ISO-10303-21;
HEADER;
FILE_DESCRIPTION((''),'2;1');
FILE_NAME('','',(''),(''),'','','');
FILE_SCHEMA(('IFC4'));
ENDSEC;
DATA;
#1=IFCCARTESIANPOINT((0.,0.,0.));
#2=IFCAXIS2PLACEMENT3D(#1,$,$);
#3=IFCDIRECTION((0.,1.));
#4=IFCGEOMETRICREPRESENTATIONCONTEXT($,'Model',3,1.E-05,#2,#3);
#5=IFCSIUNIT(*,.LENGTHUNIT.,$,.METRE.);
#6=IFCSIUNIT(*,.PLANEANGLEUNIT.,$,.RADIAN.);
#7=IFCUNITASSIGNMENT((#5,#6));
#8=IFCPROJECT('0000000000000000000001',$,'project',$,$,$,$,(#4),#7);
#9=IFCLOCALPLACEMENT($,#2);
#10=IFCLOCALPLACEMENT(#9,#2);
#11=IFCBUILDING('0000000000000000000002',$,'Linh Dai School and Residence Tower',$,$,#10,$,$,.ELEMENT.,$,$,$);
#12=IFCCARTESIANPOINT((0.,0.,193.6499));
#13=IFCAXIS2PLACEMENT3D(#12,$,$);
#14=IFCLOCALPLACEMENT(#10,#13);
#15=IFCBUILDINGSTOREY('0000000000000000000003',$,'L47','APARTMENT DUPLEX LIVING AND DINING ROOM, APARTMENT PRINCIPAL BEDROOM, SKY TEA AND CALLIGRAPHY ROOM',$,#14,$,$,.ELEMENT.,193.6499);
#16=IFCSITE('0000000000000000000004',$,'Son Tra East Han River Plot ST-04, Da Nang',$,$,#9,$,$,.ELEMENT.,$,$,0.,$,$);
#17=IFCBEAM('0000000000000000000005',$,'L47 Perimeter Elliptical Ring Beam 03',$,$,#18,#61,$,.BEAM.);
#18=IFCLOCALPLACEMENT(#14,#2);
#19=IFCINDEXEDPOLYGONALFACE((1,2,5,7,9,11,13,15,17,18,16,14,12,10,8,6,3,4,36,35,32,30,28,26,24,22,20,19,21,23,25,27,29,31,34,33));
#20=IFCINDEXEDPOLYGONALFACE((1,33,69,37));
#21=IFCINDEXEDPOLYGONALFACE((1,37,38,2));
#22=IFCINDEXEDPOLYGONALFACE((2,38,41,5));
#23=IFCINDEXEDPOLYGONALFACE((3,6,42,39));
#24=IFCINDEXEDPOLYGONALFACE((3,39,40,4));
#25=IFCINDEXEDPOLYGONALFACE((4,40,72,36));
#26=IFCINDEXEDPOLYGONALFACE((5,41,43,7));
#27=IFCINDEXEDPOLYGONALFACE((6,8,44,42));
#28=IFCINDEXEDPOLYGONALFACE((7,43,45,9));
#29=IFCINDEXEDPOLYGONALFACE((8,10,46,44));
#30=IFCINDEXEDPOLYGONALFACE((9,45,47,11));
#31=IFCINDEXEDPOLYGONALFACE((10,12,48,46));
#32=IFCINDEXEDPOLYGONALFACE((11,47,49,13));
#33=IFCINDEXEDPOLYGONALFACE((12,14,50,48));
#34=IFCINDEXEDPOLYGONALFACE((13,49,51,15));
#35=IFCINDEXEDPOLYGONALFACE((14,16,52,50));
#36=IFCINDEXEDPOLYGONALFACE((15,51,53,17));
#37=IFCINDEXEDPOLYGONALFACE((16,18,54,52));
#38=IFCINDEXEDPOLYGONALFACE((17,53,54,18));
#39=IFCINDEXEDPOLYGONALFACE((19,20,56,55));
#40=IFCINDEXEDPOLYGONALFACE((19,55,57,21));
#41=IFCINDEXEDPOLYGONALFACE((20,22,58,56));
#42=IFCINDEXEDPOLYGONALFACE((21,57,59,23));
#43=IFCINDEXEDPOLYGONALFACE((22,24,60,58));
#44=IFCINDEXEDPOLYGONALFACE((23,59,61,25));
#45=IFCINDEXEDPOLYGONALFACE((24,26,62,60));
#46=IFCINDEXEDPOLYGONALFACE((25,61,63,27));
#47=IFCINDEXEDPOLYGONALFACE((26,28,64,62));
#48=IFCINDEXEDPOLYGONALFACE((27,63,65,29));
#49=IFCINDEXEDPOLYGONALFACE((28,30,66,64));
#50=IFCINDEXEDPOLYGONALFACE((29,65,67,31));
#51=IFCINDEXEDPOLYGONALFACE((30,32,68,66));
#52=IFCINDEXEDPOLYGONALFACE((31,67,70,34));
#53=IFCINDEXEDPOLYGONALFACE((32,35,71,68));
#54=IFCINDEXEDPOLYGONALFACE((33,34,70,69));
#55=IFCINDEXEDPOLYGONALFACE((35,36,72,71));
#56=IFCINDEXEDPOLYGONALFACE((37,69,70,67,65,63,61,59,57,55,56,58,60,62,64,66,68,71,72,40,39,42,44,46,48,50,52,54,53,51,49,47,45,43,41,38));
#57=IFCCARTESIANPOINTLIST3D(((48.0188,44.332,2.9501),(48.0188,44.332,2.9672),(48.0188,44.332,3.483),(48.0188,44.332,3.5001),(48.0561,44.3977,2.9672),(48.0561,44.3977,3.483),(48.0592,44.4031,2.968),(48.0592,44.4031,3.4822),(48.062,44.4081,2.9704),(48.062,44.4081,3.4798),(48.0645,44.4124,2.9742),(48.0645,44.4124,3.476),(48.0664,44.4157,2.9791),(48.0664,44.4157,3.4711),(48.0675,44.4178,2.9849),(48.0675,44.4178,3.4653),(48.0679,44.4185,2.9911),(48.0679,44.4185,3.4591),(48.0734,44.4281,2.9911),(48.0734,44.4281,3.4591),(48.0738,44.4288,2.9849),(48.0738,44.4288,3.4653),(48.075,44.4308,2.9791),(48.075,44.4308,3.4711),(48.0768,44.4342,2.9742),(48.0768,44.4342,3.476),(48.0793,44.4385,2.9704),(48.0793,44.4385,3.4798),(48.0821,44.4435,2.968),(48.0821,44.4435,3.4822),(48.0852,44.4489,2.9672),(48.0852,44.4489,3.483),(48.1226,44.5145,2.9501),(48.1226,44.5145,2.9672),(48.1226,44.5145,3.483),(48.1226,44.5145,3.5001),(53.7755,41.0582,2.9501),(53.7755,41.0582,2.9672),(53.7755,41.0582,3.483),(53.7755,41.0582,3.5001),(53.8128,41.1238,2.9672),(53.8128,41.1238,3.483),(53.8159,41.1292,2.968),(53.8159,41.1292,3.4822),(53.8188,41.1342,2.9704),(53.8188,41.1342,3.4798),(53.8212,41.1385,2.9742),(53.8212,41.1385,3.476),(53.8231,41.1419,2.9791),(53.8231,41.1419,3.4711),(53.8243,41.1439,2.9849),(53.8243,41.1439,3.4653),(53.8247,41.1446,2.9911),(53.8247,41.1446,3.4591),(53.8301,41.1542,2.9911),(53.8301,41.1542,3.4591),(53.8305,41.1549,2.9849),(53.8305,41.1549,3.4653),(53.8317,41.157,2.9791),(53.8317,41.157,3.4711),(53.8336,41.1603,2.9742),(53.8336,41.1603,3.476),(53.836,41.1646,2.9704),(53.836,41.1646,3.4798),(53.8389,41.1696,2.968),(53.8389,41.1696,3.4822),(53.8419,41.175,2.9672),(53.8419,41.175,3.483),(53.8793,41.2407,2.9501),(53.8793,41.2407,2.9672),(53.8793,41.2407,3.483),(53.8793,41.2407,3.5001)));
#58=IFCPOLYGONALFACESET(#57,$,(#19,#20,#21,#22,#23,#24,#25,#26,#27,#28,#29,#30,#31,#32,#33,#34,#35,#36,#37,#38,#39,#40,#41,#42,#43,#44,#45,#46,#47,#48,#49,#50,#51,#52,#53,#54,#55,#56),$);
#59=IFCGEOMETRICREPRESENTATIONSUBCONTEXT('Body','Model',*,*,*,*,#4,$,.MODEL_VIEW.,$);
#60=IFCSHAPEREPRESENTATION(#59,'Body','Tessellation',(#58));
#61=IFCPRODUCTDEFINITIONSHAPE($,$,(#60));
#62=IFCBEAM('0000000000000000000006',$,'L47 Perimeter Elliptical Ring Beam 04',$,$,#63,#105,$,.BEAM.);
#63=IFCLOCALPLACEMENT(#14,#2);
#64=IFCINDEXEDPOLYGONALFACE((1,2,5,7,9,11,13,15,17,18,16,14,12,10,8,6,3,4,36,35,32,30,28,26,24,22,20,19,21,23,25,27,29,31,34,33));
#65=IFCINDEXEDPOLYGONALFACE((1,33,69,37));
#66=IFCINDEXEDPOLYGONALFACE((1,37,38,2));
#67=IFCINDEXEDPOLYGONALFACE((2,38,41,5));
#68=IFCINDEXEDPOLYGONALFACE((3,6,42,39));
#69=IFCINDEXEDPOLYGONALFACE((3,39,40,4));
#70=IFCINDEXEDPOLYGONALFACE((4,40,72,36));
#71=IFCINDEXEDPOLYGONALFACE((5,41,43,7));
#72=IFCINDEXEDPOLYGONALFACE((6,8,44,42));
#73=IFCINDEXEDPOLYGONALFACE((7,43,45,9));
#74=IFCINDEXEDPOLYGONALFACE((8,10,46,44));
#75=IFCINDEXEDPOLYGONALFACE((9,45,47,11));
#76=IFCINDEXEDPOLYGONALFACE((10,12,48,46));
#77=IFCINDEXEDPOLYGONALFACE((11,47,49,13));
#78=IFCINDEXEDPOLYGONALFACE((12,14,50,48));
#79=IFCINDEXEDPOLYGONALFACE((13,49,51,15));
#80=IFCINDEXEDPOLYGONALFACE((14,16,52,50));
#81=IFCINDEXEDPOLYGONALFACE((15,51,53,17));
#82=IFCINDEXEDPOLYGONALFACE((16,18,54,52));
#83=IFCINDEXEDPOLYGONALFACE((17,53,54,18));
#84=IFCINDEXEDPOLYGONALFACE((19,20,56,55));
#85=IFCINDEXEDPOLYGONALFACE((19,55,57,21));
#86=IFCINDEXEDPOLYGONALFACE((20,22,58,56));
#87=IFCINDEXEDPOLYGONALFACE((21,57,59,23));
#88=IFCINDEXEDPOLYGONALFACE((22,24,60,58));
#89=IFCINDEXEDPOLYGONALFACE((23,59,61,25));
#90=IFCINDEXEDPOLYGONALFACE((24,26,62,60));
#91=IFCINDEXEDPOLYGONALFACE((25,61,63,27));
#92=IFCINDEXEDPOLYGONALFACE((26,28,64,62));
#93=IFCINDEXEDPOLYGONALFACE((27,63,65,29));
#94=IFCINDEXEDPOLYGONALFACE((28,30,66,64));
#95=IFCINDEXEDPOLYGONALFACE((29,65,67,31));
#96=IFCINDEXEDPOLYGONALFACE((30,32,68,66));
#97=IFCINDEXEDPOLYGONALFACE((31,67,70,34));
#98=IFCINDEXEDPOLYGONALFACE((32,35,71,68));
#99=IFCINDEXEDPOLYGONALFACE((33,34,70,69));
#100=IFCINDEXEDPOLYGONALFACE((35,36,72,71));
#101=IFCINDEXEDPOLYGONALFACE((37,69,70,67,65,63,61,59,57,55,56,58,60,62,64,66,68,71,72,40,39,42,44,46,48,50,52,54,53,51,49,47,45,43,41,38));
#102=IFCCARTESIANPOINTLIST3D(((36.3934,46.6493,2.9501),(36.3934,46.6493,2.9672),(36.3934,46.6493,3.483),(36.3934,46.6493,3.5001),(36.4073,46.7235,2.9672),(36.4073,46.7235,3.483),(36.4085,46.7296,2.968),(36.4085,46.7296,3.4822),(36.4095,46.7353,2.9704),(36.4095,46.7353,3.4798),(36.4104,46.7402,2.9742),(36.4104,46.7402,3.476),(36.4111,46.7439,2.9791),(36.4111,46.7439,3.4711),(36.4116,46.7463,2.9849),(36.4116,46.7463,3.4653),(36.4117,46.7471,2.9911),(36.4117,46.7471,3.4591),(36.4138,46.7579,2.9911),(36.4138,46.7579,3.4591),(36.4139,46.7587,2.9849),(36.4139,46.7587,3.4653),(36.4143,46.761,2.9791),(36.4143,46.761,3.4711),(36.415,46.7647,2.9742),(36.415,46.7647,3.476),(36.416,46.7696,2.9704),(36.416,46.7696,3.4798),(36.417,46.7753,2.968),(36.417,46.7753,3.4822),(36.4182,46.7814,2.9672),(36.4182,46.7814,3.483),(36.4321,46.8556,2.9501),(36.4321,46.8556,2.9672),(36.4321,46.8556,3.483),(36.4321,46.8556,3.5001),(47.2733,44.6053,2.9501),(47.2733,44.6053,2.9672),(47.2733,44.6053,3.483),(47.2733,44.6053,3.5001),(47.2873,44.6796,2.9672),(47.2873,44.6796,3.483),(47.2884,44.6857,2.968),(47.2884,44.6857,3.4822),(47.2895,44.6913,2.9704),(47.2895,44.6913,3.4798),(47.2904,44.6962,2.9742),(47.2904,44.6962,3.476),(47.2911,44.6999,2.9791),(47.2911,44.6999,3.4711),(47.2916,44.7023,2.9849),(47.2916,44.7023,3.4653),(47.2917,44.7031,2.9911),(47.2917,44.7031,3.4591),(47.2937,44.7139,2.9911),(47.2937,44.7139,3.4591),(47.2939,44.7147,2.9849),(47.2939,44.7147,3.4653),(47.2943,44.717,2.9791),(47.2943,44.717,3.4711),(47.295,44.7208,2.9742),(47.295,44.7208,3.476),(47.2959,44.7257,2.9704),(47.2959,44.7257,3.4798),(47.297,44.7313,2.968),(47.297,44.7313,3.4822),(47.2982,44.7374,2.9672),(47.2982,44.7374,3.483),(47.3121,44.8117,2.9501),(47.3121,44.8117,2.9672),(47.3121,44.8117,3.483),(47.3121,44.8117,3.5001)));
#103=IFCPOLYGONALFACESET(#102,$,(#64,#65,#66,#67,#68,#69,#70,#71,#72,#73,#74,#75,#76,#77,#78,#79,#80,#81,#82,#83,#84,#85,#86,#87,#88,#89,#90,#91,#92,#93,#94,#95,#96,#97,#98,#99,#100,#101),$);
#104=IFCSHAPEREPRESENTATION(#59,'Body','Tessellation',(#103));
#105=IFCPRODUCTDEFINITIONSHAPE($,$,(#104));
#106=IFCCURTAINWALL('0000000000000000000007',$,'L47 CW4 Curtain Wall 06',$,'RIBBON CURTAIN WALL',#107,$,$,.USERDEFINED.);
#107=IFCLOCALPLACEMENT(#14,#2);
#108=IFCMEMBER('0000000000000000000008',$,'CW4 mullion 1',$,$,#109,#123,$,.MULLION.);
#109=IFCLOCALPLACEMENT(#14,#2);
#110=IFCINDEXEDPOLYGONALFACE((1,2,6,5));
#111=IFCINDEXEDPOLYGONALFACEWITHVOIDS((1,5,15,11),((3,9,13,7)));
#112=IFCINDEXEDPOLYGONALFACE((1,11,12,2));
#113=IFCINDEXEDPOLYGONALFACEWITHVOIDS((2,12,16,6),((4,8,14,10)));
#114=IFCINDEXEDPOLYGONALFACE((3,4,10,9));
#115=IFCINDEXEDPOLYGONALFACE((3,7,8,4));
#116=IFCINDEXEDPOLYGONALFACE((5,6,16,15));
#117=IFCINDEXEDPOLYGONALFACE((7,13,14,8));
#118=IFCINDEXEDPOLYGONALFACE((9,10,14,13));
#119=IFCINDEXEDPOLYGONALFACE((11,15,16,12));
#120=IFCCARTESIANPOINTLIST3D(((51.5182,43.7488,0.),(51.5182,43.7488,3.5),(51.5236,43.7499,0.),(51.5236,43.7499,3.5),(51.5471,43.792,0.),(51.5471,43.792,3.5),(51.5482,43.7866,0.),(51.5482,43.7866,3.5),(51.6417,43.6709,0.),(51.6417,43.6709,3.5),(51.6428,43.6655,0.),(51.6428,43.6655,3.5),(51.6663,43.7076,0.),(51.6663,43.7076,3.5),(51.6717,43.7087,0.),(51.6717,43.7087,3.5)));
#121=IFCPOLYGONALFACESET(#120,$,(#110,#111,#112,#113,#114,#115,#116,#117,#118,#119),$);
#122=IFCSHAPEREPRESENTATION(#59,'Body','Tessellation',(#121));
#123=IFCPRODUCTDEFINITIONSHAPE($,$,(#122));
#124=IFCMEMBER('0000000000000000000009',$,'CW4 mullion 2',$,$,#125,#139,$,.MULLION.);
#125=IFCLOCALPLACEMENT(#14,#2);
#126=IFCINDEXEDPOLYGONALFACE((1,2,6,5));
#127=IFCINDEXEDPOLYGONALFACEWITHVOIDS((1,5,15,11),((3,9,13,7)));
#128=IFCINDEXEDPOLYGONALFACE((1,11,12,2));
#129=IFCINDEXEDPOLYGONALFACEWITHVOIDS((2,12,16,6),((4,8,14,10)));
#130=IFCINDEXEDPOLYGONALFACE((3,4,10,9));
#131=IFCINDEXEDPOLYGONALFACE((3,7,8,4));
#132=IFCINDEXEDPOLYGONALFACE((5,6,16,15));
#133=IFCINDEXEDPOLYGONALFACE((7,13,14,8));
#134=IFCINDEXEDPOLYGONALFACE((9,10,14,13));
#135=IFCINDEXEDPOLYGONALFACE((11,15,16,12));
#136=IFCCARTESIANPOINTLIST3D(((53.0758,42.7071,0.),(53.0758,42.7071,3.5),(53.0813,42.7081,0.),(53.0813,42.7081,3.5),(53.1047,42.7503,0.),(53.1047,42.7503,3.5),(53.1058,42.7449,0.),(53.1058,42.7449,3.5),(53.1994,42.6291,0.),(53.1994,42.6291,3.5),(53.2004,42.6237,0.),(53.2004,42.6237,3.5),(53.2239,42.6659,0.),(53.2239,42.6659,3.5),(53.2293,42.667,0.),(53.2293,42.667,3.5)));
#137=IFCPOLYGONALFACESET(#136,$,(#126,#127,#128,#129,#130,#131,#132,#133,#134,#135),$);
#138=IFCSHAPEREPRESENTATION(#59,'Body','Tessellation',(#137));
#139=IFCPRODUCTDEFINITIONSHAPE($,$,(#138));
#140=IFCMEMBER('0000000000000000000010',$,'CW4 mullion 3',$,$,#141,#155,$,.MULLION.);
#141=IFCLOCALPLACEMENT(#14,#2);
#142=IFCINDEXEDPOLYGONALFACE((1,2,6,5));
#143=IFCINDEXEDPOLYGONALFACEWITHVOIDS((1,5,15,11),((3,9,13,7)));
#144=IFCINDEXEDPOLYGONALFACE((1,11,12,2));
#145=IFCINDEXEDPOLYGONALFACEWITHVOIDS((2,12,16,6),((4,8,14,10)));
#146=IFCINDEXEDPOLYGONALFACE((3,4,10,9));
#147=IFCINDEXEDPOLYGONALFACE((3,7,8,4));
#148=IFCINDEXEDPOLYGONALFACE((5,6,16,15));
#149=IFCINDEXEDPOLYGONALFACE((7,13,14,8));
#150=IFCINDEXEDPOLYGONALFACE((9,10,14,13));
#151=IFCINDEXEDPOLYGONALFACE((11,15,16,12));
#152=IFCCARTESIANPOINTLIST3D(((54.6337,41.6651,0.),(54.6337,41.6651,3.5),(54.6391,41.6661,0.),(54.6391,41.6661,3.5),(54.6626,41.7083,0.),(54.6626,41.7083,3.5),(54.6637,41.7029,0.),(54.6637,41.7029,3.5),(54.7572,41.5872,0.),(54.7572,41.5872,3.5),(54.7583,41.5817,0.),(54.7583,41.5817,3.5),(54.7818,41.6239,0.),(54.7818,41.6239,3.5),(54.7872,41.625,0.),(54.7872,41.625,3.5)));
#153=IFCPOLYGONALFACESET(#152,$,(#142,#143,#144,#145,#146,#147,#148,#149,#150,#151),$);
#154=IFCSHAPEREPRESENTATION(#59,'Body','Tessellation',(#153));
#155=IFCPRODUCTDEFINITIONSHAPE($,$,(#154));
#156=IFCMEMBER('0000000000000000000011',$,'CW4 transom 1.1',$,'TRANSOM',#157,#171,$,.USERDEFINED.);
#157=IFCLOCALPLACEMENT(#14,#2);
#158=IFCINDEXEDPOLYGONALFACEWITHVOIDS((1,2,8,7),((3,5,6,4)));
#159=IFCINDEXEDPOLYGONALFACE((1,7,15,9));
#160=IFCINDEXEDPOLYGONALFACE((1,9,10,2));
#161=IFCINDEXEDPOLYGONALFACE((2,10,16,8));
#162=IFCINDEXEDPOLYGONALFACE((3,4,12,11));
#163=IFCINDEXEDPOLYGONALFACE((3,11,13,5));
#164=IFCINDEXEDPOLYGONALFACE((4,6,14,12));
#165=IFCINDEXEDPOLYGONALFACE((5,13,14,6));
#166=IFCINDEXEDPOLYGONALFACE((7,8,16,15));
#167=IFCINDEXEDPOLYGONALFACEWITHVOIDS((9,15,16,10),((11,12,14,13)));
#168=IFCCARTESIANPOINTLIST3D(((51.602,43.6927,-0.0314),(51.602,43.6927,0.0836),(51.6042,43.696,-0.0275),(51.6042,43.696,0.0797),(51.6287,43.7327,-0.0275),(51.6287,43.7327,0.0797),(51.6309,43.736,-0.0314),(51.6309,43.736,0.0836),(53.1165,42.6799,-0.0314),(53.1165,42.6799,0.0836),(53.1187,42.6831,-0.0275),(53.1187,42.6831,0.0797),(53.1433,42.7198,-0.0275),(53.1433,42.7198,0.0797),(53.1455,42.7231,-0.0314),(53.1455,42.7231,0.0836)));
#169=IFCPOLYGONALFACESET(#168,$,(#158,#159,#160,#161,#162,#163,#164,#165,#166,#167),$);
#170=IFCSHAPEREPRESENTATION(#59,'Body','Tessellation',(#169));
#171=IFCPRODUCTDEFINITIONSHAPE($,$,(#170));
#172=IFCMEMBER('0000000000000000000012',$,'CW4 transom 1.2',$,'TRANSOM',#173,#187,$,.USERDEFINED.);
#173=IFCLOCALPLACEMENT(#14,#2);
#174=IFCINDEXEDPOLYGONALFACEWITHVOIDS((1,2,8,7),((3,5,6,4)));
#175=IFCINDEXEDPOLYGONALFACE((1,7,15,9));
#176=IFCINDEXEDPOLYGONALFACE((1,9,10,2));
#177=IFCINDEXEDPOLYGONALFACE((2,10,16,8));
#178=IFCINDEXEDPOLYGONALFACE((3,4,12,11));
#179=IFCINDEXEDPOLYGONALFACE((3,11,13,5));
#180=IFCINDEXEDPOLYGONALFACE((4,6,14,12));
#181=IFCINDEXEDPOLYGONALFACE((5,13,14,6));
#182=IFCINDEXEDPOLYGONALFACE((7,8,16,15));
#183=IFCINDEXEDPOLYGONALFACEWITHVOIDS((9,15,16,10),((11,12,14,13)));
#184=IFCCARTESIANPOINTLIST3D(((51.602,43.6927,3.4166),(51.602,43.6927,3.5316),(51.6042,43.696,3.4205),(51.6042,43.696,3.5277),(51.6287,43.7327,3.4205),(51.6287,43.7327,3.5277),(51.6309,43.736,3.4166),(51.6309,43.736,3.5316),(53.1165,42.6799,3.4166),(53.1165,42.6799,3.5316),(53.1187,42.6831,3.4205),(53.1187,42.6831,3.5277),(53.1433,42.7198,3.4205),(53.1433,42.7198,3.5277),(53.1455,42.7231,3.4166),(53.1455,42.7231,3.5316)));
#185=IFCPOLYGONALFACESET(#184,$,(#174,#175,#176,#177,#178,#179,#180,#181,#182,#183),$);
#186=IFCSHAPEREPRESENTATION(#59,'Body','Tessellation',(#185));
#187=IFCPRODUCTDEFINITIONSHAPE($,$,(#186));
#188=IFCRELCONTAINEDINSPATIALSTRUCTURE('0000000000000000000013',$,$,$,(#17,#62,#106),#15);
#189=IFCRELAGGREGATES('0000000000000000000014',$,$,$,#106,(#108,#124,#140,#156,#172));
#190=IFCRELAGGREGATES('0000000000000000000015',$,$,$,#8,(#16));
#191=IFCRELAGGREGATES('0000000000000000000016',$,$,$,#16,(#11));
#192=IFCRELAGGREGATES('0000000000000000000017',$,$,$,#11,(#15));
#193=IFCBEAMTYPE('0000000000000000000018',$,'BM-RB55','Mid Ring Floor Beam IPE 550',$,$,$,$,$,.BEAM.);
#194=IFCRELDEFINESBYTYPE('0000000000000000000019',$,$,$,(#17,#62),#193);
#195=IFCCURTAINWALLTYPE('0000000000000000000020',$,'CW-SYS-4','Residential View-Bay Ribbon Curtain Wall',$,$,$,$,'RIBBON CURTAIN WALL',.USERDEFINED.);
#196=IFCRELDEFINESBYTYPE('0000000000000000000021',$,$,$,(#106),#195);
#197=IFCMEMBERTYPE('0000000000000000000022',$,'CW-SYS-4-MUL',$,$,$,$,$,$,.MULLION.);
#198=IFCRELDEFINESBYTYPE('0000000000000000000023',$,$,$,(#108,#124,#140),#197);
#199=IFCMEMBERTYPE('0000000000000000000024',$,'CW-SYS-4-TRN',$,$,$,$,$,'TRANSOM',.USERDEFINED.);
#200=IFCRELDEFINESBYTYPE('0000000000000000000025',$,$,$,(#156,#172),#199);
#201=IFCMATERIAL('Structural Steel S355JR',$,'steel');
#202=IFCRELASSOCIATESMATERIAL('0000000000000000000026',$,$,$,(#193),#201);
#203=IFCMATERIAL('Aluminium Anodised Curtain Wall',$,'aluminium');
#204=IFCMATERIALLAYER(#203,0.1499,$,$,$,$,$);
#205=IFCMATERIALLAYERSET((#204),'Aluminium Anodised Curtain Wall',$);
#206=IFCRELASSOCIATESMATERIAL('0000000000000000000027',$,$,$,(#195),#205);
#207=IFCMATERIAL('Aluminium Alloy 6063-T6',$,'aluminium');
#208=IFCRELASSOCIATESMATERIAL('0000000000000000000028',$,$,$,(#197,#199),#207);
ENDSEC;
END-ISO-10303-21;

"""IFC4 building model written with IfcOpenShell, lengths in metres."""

from ifc_helpers import new_model, si_unit, direction, frame, origin, origin_2d, place, context, subcontext, project, spatial, hollow_rectangle, i_section, extrude, source, transform, mapped, material, layer, layer_set, material_profile, profile_set, type_object, element, aggregate, save


model = new_model("IFC4")

# Units and contexts
model_context = context("Model", 3, precision=1e-05, world=origin(), true_north=direction((0.0, 1.0)))
body_context = subcontext(model_context, "Body", "Model", "MODEL_VIEW")
ifc_project = project(units=[si_unit("LENGTHUNIT", "METRE"), si_unit("PLANEANGLEUNIT", "RADIAN")], contexts=[model_context])

# Site, building, storey
site_placement = place(None, origin())
site = spatial("IfcSite", under=ifc_project, at=site_placement, Name="Son Tra East Han River Plot ST-04, Da Nang", CompositionType="ELEMENT", RefElevation=0.0)
building_placement = place(site_placement, origin())
building = spatial("IfcBuilding", under=site, at=building_placement, Name="Linh Dai School and Residence Tower", CompositionType="ELEMENT")
storey_placement = place(building_placement, frame((0.0, 0.0, 193.6499)))
storey = spatial("IfcBuildingStorey", under=building, at=storey_placement, Name="L47", Description="APARTMENT DUPLEX LIVING AND DINING ROOM, APARTMENT PRINCIPAL BEDROOM, SKY TEA AND CALLIGRAPHY ROOM", CompositionType="ELEMENT", Elevation=193.6499)

# Shared definitions
ifc_material_1 = material(Name="Structural Steel S355JR", Category="steel")

# Beams
ifc_material_profile_1 = material_profile(ifc_material_1, i_section(OverallWidth=0.21, OverallDepth=0.55, WebThickness=0.011, FlangeThickness=0.0171, FilletRadius=0.0239, at=origin_2d()), Name="IPE 550")
ifc_profile_set_1 = profile_set([ifc_material_profile_1], Name="Structural Steel S355JR")
beam_type = type_object("IfcBeamType", Name="BM-RB55", Description="Mid Ring Floor Beam IPE 550", PredefinedType="BEAM", material=ifc_profile_set_1)
beam_1_placement = place(storey_placement, frame((53.8274, 41.1494, 3.2251), z_axis=(-0.869262, 0.494351, 0.0), x_axis=(-0.494351, -0.869262, 0.0)))
element("IfcBeam", 1, at=beam_1_placement, inside=storey, type_object=beam_type, Name="L47 Perimeter Elliptical Ring Beam 03", PredefinedType="BEAM", context=body_context, shape_type="SweptSolid", body=[
    extrude(i_section(OverallWidth=0.21, OverallDepth=0.55, WebThickness=0.011, FlangeThickness=0.0171, FilletRadius=0.0239, at=origin_2d()), origin(), (0.0, 0.0, 1.0), 6.6226),
])
beam_2_placement = place(storey_placement, frame((47.2927, 44.7085, 3.2251), z_axis=(-0.982807, 0.184635, 0.0), x_axis=(-0.184635, -0.982807, 0.0)))
element("IfcBeam", 2, at=beam_2_placement, inside=storey, type_object=beam_type, Name="L47 Perimeter Elliptical Ring Beam 04", PredefinedType="BEAM", context=body_context, shape_type="SweptSolid", body=[
    extrude(i_section(OverallWidth=0.21, OverallDepth=0.55, WebThickness=0.011, FlangeThickness=0.0171, FilletRadius=0.0239, at=origin_2d()), origin(), (0.0, 0.0, 1.0), 11.0703),
])

# Curtain wall, members
ifc_material_2 = material(Name="Aluminium Anodised Curtain Wall", Category="aluminium")
ifc_layer_1 = layer(ifc_material_2, 0.1499)
ifc_layer_set_1 = layer_set([ifc_layer_1], Name="Aluminium Anodised Curtain Wall")
curtain_wall_type = type_object("IfcCurtainWallType", Name="CW-SYS-4", Description="Residential View-Bay Ribbon Curtain Wall", ElementType="RIBBON CURTAIN WALL", PredefinedType="USERDEFINED", material=ifc_layer_set_1)
curtain_wall_placement = place(storey_placement, origin())
curtain_wall = element("IfcCurtainWall", 3, at=curtain_wall_placement, inside=storey, type_object=curtain_wall_type, Name="L47 CW4 Curtain Wall 06", ObjectType="RIBBON CURTAIN WALL", PredefinedType="USERDEFINED")
ifc_material_3 = material(Name="Aluminium Alloy 6063-T6", Category="aluminium")
ifc_material_profile_2 = material_profile(ifc_material_3, hollow_rectangle(XDim=0.052, YDim=0.1499, WallThickness=0.0039, at=origin_2d()), Name="RHS 150x52x4")
ifc_profile_set_2 = profile_set([ifc_material_profile_2], Name="Aluminium Alloy 6063-T6")
member_type_1 = type_object("IfcMemberType", Name="CW-SYS-4-MUL", PredefinedType="MULLION", material=ifc_profile_set_2)
shared_shape_1 = source(origin(), body_context, "Body", "SweptSolid", [
    extrude(hollow_rectangle(XDim=0.052, YDim=0.1499, WallThickness=0.0039, at=origin_2d()), origin(), (0.0, 0.0, 1.0), 3.5),
])
member_1_placement = place(storey_placement, frame((51.595, 43.7288, 0.0), z_axis=(0.0, 0.0, 1.0), x_axis=(0.555931, 0.831228, 0.0)))
member_1 = element("IfcMember", 4, at=member_1_placement, type_object=member_type_1, Name="CW4 mullion 1", PredefinedType="MULLION", context=body_context, shape_type="MappedRepresentation", body=[
    mapped(shared_shape_1, transform((0.0, 0.0, 0.0), x_axis=(1.0, 0.0, 0.0), y_axis=(0.0, 1.0, 0.0), z_axis=(0.0, 0.0, 1.0), scale=1.0)),
])
member_2_placement = place(storey_placement, frame((53.1526, 42.687, 0.0), z_axis=(0.0, 0.0, 1.0), x_axis=(0.555931, 0.831228, 0.0)))
member_2 = element("IfcMember", 5, at=member_2_placement, type_object=member_type_1, Name="CW4 mullion 2", PredefinedType="MULLION", context=body_context, shape_type="MappedRepresentation", body=[
    mapped(shared_shape_1, transform((0.0, 0.0, 0.0), x_axis=(1.0, 0.0, 0.0), y_axis=(0.0, 1.0, 0.0), z_axis=(0.0, 0.0, 1.0), scale=1.0)),
])
member_3_placement = place(storey_placement, frame((54.7104, 41.645, 0.0), z_axis=(0.0, 0.0, 1.0), x_axis=(0.555931, 0.831228, 0.0)))
member_3 = element("IfcMember", 6, at=member_3_placement, type_object=member_type_1, Name="CW4 mullion 3", PredefinedType="MULLION", context=body_context, shape_type="MappedRepresentation", body=[
    mapped(shared_shape_1, transform((0.0, 0.0, 0.0), x_axis=(1.0, 0.0, 0.0), y_axis=(0.0, 1.0, 0.0), z_axis=(0.0, 0.0, 1.0), scale=1.0)),
])
ifc_material_profile_3 = material_profile(ifc_material_3, hollow_rectangle(XDim=0.052, YDim=0.115, WallThickness=0.0039, at=origin_2d()), Name="RHS 115x52x4")
ifc_profile_set_3 = profile_set([ifc_material_profile_3], Name="Aluminium Alloy 6063-T6")
member_type_2 = type_object("IfcMemberType", Name="CW-SYS-4-TRN", ElementType="TRANSOM", PredefinedType="USERDEFINED", material=ifc_profile_set_3)
shared_shape_2 = source(origin(), body_context, "Body", "SweptSolid", [
    extrude(hollow_rectangle(XDim=0.052, YDim=0.115, WallThickness=0.0039, at=origin_2d()), origin(), (0.0, 0.0, 1.0), 1.822),
])
member_4_placement = place(storey_placement, frame((51.6165, 43.7144, 0.0261), z_axis=(0.831246, -0.555905, 0.0), x_axis=(0.555905, 0.831246, 0.0)))
member_4 = element("IfcMember", 7, at=member_4_placement, type_object=member_type_2, Name="CW4 transom 1.1", ObjectType="TRANSOM", PredefinedType="USERDEFINED", context=body_context, shape_type="MappedRepresentation", body=[
    mapped(shared_shape_2, transform((0.0, 0.0, 0.0), x_axis=(1.0, 0.0, 0.0), y_axis=(0.0, 1.0, 0.0), z_axis=(0.0, 0.0, 1.0), scale=1.0)),
])
member_5_placement = place(storey_placement, frame((51.6165, 43.7144, 3.4741), z_axis=(0.831246, -0.555905, 0.0), x_axis=(0.555905, 0.831246, 0.0)))
member_5 = element("IfcMember", 8, at=member_5_placement, type_object=member_type_2, Name="CW4 transom 1.2", ObjectType="TRANSOM", PredefinedType="USERDEFINED", context=body_context, shape_type="MappedRepresentation", body=[
    mapped(shared_shape_2, transform((0.0, 0.0, 0.0), x_axis=(1.0, 0.0, 0.0), y_axis=(0.0, 1.0, 0.0), z_axis=(0.0, 0.0, 1.0), scale=1.0)),
])

aggregate(curtain_wall, [member_1, member_2, member_3, member_4, member_5])

save(model, "model.ifc")
